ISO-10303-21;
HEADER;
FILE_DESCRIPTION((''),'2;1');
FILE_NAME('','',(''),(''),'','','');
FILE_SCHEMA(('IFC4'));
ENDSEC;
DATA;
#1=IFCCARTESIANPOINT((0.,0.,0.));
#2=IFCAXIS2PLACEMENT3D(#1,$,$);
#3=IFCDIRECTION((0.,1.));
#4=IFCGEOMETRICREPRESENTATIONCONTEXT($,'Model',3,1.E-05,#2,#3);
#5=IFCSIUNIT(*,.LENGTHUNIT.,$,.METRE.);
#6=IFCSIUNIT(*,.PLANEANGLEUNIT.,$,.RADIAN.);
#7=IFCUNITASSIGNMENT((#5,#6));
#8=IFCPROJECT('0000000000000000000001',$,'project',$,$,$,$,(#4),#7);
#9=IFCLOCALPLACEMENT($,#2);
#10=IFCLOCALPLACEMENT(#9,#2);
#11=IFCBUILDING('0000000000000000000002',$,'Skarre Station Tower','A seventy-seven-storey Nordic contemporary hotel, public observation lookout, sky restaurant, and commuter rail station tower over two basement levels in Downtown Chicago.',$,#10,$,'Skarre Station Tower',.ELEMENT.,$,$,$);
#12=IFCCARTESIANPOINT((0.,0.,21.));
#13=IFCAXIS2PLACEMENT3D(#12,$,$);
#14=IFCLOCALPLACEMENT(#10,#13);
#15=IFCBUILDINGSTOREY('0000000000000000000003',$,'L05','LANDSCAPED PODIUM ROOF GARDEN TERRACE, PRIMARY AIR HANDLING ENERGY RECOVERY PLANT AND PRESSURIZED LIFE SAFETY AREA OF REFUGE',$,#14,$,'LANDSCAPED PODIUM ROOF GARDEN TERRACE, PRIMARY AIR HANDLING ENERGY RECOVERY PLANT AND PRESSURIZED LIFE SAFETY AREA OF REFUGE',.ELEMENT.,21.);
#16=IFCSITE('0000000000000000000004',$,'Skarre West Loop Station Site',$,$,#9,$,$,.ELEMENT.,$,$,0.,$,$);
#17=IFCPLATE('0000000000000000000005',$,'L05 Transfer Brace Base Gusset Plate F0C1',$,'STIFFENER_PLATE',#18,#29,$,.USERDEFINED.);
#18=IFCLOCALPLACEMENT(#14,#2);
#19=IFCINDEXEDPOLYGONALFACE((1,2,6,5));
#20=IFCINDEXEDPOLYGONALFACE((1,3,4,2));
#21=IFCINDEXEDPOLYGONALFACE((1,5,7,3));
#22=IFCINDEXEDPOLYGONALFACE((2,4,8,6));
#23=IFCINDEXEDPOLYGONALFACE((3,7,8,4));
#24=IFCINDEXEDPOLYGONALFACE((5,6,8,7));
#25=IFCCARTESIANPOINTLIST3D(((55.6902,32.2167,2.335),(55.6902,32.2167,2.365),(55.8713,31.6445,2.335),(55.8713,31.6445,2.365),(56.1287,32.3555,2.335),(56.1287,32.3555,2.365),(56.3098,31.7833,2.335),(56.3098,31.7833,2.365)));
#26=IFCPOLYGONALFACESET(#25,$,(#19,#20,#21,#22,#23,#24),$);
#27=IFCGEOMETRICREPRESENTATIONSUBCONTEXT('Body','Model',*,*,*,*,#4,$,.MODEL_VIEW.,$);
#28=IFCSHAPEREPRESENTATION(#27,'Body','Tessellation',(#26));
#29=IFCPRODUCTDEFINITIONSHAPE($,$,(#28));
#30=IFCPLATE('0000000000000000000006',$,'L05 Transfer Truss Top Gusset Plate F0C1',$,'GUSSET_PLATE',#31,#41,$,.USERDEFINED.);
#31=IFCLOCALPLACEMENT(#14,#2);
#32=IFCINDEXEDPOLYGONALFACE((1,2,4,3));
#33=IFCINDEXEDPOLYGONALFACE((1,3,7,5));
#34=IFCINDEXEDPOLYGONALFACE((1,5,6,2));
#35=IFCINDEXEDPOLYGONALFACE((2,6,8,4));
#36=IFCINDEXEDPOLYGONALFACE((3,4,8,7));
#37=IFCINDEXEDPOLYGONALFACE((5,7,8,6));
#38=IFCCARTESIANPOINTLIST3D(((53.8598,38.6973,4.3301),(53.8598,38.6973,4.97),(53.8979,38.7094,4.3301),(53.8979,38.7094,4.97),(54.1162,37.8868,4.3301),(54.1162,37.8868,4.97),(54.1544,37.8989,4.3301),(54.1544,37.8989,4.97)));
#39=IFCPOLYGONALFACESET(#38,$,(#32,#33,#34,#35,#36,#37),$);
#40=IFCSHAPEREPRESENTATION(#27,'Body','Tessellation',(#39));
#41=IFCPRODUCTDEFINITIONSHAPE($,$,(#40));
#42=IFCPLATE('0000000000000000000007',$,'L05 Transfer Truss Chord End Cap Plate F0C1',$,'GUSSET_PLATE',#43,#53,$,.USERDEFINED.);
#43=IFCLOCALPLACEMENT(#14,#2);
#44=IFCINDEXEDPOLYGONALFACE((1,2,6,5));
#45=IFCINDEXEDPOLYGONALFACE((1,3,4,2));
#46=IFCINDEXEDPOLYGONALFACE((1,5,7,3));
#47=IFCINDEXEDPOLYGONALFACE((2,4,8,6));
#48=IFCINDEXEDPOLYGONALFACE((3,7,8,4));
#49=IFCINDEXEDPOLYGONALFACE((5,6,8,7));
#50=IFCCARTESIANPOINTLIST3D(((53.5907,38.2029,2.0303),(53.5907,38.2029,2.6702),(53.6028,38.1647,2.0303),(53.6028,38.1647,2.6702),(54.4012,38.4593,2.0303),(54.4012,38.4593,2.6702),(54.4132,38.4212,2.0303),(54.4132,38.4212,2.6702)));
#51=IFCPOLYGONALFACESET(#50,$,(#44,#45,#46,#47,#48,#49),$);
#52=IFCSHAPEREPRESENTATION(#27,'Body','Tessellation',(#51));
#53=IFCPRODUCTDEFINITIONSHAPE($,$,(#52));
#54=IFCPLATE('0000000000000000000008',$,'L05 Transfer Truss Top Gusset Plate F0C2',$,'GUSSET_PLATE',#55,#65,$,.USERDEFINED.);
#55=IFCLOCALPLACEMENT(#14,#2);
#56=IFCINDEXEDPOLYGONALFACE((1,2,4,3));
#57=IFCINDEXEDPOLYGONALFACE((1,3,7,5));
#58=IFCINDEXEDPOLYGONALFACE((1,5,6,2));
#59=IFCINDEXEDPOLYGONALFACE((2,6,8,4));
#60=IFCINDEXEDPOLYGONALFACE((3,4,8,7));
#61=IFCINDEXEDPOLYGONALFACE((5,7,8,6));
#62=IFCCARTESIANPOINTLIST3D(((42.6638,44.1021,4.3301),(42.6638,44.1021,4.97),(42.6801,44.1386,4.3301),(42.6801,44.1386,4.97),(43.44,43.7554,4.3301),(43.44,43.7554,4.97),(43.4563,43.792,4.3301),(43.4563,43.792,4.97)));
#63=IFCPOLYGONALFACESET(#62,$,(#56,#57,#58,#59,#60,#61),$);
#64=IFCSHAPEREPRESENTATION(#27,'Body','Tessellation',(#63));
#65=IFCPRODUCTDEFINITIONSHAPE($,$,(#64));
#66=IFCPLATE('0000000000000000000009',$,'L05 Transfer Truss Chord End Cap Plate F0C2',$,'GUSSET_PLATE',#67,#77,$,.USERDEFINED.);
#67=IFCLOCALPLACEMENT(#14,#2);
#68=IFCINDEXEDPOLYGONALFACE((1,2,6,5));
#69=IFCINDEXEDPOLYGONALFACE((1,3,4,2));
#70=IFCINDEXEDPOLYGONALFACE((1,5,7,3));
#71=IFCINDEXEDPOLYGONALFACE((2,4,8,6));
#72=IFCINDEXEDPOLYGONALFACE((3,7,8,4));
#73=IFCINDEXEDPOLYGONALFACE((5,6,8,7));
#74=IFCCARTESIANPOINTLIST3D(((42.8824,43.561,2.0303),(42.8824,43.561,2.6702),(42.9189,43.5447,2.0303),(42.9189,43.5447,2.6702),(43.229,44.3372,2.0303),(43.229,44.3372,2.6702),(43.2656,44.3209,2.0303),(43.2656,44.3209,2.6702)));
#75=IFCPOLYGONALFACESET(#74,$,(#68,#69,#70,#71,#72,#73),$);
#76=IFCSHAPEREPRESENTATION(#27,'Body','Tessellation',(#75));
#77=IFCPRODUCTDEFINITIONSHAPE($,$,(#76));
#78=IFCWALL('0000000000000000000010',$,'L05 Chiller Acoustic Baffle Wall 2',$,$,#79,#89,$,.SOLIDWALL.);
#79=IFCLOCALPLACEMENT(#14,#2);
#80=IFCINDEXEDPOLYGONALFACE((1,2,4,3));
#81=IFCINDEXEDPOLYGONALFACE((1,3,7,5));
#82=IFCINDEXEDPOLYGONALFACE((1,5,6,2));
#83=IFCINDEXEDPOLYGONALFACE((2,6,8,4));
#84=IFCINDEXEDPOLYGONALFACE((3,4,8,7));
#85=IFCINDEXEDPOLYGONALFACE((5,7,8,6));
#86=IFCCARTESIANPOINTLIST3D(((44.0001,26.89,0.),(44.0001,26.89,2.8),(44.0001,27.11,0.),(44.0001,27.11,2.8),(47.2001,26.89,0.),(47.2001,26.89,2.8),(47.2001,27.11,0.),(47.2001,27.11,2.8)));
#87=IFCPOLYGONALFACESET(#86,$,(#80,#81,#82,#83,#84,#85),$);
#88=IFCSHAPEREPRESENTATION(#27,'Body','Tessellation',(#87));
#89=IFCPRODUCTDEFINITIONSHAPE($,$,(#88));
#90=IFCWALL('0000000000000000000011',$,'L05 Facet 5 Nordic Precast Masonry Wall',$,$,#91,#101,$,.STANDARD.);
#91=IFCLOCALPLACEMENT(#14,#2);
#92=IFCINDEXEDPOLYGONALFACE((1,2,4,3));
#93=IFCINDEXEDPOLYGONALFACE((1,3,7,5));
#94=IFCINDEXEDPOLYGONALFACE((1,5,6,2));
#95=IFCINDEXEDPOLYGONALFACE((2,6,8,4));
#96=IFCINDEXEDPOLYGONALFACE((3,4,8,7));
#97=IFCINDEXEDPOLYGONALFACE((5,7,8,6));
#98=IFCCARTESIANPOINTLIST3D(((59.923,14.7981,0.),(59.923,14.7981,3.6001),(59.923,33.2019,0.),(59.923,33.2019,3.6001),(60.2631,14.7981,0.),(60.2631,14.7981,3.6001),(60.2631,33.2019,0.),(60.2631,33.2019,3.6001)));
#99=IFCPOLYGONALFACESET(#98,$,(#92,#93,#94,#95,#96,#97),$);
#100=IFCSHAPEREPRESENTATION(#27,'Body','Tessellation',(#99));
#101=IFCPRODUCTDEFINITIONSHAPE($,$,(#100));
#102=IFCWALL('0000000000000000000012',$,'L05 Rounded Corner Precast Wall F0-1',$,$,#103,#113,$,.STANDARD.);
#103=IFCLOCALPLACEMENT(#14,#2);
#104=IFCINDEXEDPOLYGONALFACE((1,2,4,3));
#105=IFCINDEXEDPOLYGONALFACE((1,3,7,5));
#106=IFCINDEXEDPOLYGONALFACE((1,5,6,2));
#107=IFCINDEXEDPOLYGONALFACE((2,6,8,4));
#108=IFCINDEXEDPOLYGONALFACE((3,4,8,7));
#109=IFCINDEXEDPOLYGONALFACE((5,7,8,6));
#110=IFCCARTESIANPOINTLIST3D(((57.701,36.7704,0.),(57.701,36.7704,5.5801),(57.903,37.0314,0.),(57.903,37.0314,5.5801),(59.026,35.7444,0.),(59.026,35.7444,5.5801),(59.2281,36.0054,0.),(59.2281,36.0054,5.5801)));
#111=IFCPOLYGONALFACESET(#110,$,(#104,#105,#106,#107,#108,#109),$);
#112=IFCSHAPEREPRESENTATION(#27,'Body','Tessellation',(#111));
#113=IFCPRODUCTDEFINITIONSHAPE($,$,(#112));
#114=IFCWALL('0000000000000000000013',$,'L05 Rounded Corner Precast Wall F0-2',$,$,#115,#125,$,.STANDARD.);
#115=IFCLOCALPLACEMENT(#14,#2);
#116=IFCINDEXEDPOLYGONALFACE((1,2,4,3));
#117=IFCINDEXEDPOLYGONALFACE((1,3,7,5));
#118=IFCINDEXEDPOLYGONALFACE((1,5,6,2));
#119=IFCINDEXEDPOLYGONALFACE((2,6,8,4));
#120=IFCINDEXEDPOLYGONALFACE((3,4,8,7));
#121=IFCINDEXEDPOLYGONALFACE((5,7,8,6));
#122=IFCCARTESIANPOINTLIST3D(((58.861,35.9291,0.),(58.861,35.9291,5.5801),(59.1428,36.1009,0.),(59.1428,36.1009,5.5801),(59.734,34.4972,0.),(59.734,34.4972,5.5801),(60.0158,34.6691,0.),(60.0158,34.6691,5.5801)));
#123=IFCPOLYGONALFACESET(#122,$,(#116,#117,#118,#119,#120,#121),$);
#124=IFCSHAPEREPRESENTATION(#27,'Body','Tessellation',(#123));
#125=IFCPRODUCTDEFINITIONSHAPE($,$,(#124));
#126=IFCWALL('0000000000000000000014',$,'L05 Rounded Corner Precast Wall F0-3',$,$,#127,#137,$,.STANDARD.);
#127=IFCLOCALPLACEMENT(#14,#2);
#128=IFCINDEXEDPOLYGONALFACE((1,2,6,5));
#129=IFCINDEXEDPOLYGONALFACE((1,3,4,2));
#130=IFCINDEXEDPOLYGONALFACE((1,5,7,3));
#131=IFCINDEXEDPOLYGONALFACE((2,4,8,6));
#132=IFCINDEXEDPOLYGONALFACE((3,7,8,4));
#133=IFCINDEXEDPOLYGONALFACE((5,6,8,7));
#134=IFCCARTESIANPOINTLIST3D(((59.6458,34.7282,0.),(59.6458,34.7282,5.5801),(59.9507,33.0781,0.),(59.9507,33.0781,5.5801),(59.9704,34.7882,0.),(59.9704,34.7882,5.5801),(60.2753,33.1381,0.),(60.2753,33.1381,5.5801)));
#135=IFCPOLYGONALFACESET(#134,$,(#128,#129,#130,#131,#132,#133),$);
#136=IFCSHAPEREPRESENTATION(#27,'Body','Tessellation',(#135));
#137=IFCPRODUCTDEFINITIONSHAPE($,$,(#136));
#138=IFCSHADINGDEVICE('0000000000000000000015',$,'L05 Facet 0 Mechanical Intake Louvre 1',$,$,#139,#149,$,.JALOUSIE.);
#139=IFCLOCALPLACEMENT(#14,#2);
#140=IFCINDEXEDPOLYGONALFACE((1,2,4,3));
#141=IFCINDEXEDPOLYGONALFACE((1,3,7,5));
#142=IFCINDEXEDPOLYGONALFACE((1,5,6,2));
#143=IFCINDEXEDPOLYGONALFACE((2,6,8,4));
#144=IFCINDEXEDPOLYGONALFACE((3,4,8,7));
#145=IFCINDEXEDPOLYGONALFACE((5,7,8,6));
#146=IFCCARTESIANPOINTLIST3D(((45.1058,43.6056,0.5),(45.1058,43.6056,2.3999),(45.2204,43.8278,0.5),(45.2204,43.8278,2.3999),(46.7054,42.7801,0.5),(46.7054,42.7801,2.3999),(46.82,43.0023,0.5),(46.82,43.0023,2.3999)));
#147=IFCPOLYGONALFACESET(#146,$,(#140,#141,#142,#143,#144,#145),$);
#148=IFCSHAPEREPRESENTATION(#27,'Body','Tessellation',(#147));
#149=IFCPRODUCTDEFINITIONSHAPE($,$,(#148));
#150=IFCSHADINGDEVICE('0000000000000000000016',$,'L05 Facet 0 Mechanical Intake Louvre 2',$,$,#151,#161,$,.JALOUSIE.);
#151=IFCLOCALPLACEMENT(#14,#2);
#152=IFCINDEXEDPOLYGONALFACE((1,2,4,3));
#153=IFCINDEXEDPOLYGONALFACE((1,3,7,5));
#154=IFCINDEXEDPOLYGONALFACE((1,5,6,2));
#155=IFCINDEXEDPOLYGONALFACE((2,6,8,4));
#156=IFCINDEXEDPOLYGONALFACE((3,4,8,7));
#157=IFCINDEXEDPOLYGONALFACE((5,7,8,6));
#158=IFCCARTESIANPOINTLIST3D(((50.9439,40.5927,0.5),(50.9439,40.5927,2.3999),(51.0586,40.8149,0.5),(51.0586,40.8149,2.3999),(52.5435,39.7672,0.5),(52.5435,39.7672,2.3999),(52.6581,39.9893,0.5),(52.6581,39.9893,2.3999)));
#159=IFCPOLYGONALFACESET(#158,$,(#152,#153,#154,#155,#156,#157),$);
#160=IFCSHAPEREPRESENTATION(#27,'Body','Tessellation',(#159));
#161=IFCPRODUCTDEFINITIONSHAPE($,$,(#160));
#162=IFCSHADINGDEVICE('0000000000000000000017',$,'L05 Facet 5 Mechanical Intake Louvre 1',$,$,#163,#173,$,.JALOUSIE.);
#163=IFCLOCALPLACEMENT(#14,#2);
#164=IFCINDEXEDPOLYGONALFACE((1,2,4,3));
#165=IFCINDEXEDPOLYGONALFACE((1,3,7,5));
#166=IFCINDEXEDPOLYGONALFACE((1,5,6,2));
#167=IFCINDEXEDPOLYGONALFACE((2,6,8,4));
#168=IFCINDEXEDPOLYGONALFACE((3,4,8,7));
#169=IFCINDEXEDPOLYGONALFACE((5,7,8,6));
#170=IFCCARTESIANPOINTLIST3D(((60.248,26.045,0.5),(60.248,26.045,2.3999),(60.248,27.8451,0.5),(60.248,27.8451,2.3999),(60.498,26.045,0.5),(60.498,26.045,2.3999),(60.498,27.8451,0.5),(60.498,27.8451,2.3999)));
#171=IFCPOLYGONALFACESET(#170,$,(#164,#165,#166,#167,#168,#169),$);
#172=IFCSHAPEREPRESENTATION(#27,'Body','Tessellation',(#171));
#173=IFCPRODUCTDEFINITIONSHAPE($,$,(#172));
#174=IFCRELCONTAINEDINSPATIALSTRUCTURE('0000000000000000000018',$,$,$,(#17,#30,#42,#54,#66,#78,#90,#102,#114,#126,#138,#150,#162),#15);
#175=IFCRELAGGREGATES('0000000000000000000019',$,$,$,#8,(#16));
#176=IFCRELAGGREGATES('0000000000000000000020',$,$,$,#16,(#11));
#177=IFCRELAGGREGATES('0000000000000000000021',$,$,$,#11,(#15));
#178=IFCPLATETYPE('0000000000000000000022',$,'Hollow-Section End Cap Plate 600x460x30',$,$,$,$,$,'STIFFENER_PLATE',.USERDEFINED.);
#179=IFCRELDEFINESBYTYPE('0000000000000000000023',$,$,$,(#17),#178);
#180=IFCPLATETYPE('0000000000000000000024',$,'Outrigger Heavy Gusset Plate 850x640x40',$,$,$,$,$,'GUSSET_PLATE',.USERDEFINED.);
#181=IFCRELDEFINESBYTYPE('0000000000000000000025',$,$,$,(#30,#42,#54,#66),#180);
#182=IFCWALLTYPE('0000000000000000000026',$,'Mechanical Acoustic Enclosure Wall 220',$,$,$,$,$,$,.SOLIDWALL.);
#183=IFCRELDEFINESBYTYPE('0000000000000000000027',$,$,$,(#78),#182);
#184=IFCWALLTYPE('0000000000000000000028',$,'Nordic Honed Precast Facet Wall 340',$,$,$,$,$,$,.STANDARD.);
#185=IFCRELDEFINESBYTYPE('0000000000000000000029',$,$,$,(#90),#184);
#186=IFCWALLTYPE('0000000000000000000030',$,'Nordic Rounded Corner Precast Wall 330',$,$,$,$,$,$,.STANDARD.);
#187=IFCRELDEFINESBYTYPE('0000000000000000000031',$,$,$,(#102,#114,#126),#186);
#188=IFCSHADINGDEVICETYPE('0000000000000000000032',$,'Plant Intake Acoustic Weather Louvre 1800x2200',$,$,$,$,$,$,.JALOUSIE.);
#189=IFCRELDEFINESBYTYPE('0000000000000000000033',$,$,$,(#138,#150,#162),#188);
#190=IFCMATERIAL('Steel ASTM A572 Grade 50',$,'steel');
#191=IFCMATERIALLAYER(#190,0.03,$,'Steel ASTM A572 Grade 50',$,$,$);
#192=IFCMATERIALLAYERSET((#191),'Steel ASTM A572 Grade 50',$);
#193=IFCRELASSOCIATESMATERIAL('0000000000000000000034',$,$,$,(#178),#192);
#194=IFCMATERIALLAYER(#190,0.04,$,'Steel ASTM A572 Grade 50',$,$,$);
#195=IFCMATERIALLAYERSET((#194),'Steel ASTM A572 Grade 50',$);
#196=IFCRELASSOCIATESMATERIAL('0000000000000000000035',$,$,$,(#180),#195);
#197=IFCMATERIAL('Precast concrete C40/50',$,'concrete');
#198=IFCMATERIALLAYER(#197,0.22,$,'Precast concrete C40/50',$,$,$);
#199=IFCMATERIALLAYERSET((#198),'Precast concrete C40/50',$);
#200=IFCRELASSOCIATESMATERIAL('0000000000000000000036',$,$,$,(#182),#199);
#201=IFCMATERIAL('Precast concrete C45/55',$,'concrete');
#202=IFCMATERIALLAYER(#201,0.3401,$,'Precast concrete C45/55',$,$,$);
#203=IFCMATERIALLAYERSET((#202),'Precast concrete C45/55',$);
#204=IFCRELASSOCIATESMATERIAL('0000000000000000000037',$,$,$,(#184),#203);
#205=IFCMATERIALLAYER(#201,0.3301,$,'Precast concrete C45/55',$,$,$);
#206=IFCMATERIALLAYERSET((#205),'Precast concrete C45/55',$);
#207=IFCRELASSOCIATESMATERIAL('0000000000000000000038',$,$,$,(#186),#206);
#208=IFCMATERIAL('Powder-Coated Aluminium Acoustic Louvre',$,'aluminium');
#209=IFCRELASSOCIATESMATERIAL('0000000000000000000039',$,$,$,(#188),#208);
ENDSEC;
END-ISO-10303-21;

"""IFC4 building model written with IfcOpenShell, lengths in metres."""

from ifc_helpers import new_model, si_unit, direction, frame, frame_2d, origin, origin_2d, place, context, subcontext, project, spatial, rectangle, extrude, material, layer, layer_set, type_object, element, save


model = new_model("IFC4")

# Units and contexts
model_context = context("Model", 3, precision=1e-05, world=origin(), true_north=direction((0.0, 1.0)))
body_context = subcontext(model_context, "Body", "Model", "MODEL_VIEW")
ifc_project = project(units=[si_unit("LENGTHUNIT", "METRE"), si_unit("PLANEANGLEUNIT", "RADIAN")], contexts=[model_context])

# Site, building, storey
site_placement = place(None, origin())
site = spatial("IfcSite", under=ifc_project, at=site_placement, Name="Skarre West Loop Station Site", CompositionType="ELEMENT", RefElevation=0.0)
building_placement = place(site_placement, origin())
building = spatial("IfcBuilding", under=site, at=building_placement, Name="Skarre Station Tower", Description="A seventy-seven-storey Nordic contemporary hotel, public observation lookout, sky restaurant, and commuter rail station tower over two basement levels in Downtown Chicago.", LongName="Skarre Station Tower", CompositionType="ELEMENT")
storey_placement = place(building_placement, frame((0.0, 0.0, 21.0)))
storey = spatial("IfcBuildingStorey", under=building, at=storey_placement, Name="L05", Description="LANDSCAPED PODIUM ROOF GARDEN TERRACE, PRIMARY AIR HANDLING ENERGY RECOVERY PLANT AND PRESSURIZED LIFE SAFETY AREA OF REFUGE", LongName="LANDSCAPED PODIUM ROOF GARDEN TERRACE, PRIMARY AIR HANDLING ENERGY RECOVERY PLANT AND PRESSURIZED LIFE SAFETY AREA OF REFUGE", CompositionType="ELEMENT", Elevation=21.0)

# Plates
ifc_material_1 = material(Name="Steel ASTM A572 Grade 50", Category="steel")
ifc_layer_1 = layer(ifc_material_1, 0.03, Name="Steel ASTM A572 Grade 50")
ifc_layer_set_1 = layer_set([ifc_layer_1], Name="Steel ASTM A572 Grade 50")
plate_type_1 = type_object("IfcPlateType", Name="Hollow-Section End Cap Plate 600x460x30", ElementType="STIFFENER_PLATE", PredefinedType="USERDEFINED", material=ifc_layer_set_1)
plate_1_placement = place(storey_placement, frame((56.0, 32.0, 2.335), z_axis=(0.0, 0.0, 1.0), x_axis=(-0.301704, 0.953402, 0.0)))
element("IfcPlate", 1, at=plate_1_placement, inside=storey, type_object=plate_type_1, Name="L05 Transfer Brace Base Gusset Plate F0C1", ObjectType="STIFFENER_PLATE", PredefinedType="USERDEFINED", context=body_context, shape_type="SweptSolid", body=[
    extrude(rectangle(XDim=0.6001, YDim=0.46, at=origin_2d()), origin(), (0.0, 0.0, 1.0), 0.03),
])
ifc_layer_2 = layer(ifc_material_1, 0.04, Name="Steel ASTM A572 Grade 50")
ifc_layer_set_2 = layer_set([ifc_layer_2], Name="Steel ASTM A572 Grade 50")
plate_type_2 = type_object("IfcPlateType", Name="Outrigger Heavy Gusset Plate 850x640x40", ElementType="GUSSET_PLATE", PredefinedType="USERDEFINED", material=ifc_layer_set_2)
plate_2_placement = place(storey_placement, frame((54.0071, 38.2981, 4.3301), z_axis=(0.0, 0.0, 1.0), x_axis=(-0.301704, 0.953402, 0.0)))
element("IfcPlate", 2, at=plate_2_placement, inside=storey, type_object=plate_type_2, Name="L05 Transfer Truss Top Gusset Plate F0C1", ObjectType="GUSSET_PLATE", PredefinedType="USERDEFINED", context=body_context, shape_type="SweptSolid", body=[
    extrude(rectangle(XDim=0.8501, YDim=0.04, at=origin_2d()), origin(), (0.0, 0.0, 1.0), 0.6399),
])
plate_3_placement = place(storey_placement, frame((54.002, 38.312, 2.0303), z_axis=(0.0, 0.0, 1.0), x_axis=(-0.301704, 0.953402, 0.0)))
element("IfcPlate", 3, at=plate_3_placement, inside=storey, type_object=plate_type_2, Name="L05 Transfer Truss Chord End Cap Plate F0C1", ObjectType="GUSSET_PLATE", PredefinedType="USERDEFINED", context=body_context, shape_type="SweptSolid", body=[
    extrude(rectangle(XDim=0.04, YDim=0.8501, at=origin_2d()), origin(), (0.0, 0.0, 1.0), 0.6399),
])
plate_4_placement = place(storey_placement, frame((43.0601, 43.947, 4.3301), z_axis=(0.0, 0.0, 1.0), x_axis=(0.913076, -0.407789, 0.0)))
element("IfcPlate", 4, at=plate_4_placement, inside=storey, type_object=plate_type_2, Name="L05 Transfer Truss Top Gusset Plate F0C2", ObjectType="GUSSET_PLATE", PredefinedType="USERDEFINED", context=body_context, shape_type="SweptSolid", body=[
    extrude(rectangle(XDim=0.8501, YDim=0.04, at=origin_2d()), origin(), (0.0, 0.0, 1.0), 0.6399),
])
plate_5_placement = place(storey_placement, frame((43.074, 43.9409, 2.0303), z_axis=(0.0, 0.0, 1.0), x_axis=(0.913076, -0.407789, 0.0)))
element("IfcPlate", 5, at=plate_5_placement, inside=storey, type_object=plate_type_2, Name="L05 Transfer Truss Chord End Cap Plate F0C2", ObjectType="GUSSET_PLATE", PredefinedType="USERDEFINED", context=body_context, shape_type="SweptSolid", body=[
    extrude(rectangle(XDim=0.04, YDim=0.8501, at=origin_2d()), origin(), (0.0, 0.0, 1.0), 0.6399),
])

# Walls
ifc_material_2 = material(Name="Precast concrete C40/50", Category="concrete")
ifc_layer_3 = layer(ifc_material_2, 0.22, Name="Precast concrete C40/50")
ifc_layer_set_3 = layer_set([ifc_layer_3], Name="Precast concrete C40/50")
wall_type_1 = type_object("IfcWallType", Name="Mechanical Acoustic Enclosure Wall 220", PredefinedType="SOLIDWALL", material=ifc_layer_set_3)
wall_1_placement = place(storey_placement, frame((44.0, 27.0, 0.0), z_axis=(0.0, 0.0, 1.0), x_axis=(1.0, 0.0, 0.0)))
element("IfcWall", 6, at=wall_1_placement, inside=storey, type_object=wall_type_1, Name="L05 Chiller Acoustic Baffle Wall 2", PredefinedType="SOLIDWALL", context=body_context, shape_type="SweptSolid", body=[
    extrude(rectangle(XDim=3.2, YDim=0.22, at=frame_2d((1.6001, 0.0))), origin(), (0.0, 0.0, 1.0), 2.8),
])
ifc_material_3 = material(Name="Precast concrete C45/55", Category="concrete")
ifc_layer_4 = layer(ifc_material_3, 0.3401, Name="Precast concrete C45/55")
ifc_layer_set_4 = layer_set([ifc_layer_4], Name="Precast concrete C45/55")
wall_type_2 = type_object("IfcWallType", Name="Nordic Honed Precast Facet Wall 340", PredefinedType="STANDARD", material=ifc_layer_set_4)
wall_2_placement = place(storey_placement, frame((60.093, 33.2019, 0.0), z_axis=(0.0, 0.0, 1.0), x_axis=(0.0, -1.0, 0.0)))
element("IfcWall", 7, at=wall_2_placement, inside=storey, type_object=wall_type_2, Name="L05 Facet 5 Nordic Precast Masonry Wall", PredefinedType="STANDARD", context=body_context, shape_type="SweptSolid", body=[
    extrude(rectangle(XDim=18.4038, YDim=0.3401, at=frame_2d((9.2019, 0.0))), origin(), (0.0, 0.0, 1.0), 3.6001),
])
ifc_layer_5 = layer(ifc_material_3, 0.3301, Name="Precast concrete C45/55")
ifc_layer_set_5 = layer_set([ifc_layer_5], Name="Precast concrete C45/55")
wall_type_3 = type_object("IfcWallType", Name="Nordic Rounded Corner Precast Wall 330", PredefinedType="STANDARD", material=ifc_layer_set_5)
wall_3_placement = place(storey_placement, frame((57.802, 36.9009, 0.0), z_axis=(0.0, 0.0, 1.0), x_axis=(0.790692, -0.612214, 0.0)))
element("IfcWall", 8, at=wall_3_placement, inside=storey, type_object=wall_type_3, Name="L05 Rounded Corner Precast Wall F0-1", PredefinedType="STANDARD", context=body_context, shape_type="SweptSolid", body=[
    extrude(rectangle(XDim=1.6758, YDim=0.3301, at=frame_2d((0.8379, 0.0))), origin(), (0.0, 0.0, 1.0), 5.5801),
])
wall_4_placement = place(storey_placement, frame((59.002, 36.0149, 0.0), z_axis=(0.0, 0.0, 1.0), x_axis=(0.520584, -0.85381, 0.0)))
element("IfcWall", 9, at=wall_4_placement, inside=storey, type_object=wall_type_3, Name="L05 Rounded Corner Precast Wall F0-2", PredefinedType="STANDARD", context=body_context, shape_type="SweptSolid", body=[
    extrude(rectangle(XDim=1.677, YDim=0.3301, at=frame_2d((0.8384, 0.0))), origin(), (0.0, 0.0, 1.0), 5.5801),
])
wall_5_placement = place(storey_placement, frame((59.8081, 34.7581, 0.0), z_axis=(0.0, 0.0, 1.0), x_axis=(0.181714, -0.983351, 0.0)))
element("IfcWall", 10, at=wall_5_placement, inside=storey, type_object=wall_type_3, Name="L05 Rounded Corner Precast Wall F0-3", PredefinedType="STANDARD", context=body_context, shape_type="SweptSolid", body=[
    extrude(rectangle(XDim=1.678, YDim=0.3301, at=frame_2d((0.8389, 0.0))), origin(), (0.0, 0.0, 1.0), 5.5801),
])

# Shading devices
ifc_material_4 = material(Name="Powder-Coated Aluminium Acoustic Louvre", Category="aluminium")
shading_device_type = type_object("IfcShadingDeviceType", Name="Plant Intake Acoustic Weather Louvre 1800x2200", PredefinedType="JALOUSIE", material=ifc_material_4)
for number, where, z_axis, x_axis, name in (
    (11, (45.9629, 43.304, 0.5), (0.0, 0.0, 1.0), (0.458619, 0.888633, 0.0), "L05 Facet 0 Mechanical Intake Louvre 1"),
    (12, (51.801, 40.291, 0.5), (0.0, 0.0, 1.0), (0.458619, 0.888633, 0.0), "L05 Facet 0 Mechanical Intake Louvre 2"),
    (13, (60.373, 26.9451, 0.5), (0.0, 0.0, 1.0), (1.0, 0.0, 0.0), "L05 Facet 5 Mechanical Intake Louvre 1"),
):
    element("IfcShadingDevice", number, at=place(storey_placement, frame(where, z_axis=z_axis, x_axis=x_axis)), inside=storey, type_object=shading_device_type, Name=name, PredefinedType="JALOUSIE", context=body_context, shape_type="SweptSolid", body=[
        extrude(rectangle(XDim=0.25, YDim=1.8, at=origin_2d()), origin(), (0.0, 0.0, 1.0), 1.8999),
    ])

save(model, "model.ifc")
